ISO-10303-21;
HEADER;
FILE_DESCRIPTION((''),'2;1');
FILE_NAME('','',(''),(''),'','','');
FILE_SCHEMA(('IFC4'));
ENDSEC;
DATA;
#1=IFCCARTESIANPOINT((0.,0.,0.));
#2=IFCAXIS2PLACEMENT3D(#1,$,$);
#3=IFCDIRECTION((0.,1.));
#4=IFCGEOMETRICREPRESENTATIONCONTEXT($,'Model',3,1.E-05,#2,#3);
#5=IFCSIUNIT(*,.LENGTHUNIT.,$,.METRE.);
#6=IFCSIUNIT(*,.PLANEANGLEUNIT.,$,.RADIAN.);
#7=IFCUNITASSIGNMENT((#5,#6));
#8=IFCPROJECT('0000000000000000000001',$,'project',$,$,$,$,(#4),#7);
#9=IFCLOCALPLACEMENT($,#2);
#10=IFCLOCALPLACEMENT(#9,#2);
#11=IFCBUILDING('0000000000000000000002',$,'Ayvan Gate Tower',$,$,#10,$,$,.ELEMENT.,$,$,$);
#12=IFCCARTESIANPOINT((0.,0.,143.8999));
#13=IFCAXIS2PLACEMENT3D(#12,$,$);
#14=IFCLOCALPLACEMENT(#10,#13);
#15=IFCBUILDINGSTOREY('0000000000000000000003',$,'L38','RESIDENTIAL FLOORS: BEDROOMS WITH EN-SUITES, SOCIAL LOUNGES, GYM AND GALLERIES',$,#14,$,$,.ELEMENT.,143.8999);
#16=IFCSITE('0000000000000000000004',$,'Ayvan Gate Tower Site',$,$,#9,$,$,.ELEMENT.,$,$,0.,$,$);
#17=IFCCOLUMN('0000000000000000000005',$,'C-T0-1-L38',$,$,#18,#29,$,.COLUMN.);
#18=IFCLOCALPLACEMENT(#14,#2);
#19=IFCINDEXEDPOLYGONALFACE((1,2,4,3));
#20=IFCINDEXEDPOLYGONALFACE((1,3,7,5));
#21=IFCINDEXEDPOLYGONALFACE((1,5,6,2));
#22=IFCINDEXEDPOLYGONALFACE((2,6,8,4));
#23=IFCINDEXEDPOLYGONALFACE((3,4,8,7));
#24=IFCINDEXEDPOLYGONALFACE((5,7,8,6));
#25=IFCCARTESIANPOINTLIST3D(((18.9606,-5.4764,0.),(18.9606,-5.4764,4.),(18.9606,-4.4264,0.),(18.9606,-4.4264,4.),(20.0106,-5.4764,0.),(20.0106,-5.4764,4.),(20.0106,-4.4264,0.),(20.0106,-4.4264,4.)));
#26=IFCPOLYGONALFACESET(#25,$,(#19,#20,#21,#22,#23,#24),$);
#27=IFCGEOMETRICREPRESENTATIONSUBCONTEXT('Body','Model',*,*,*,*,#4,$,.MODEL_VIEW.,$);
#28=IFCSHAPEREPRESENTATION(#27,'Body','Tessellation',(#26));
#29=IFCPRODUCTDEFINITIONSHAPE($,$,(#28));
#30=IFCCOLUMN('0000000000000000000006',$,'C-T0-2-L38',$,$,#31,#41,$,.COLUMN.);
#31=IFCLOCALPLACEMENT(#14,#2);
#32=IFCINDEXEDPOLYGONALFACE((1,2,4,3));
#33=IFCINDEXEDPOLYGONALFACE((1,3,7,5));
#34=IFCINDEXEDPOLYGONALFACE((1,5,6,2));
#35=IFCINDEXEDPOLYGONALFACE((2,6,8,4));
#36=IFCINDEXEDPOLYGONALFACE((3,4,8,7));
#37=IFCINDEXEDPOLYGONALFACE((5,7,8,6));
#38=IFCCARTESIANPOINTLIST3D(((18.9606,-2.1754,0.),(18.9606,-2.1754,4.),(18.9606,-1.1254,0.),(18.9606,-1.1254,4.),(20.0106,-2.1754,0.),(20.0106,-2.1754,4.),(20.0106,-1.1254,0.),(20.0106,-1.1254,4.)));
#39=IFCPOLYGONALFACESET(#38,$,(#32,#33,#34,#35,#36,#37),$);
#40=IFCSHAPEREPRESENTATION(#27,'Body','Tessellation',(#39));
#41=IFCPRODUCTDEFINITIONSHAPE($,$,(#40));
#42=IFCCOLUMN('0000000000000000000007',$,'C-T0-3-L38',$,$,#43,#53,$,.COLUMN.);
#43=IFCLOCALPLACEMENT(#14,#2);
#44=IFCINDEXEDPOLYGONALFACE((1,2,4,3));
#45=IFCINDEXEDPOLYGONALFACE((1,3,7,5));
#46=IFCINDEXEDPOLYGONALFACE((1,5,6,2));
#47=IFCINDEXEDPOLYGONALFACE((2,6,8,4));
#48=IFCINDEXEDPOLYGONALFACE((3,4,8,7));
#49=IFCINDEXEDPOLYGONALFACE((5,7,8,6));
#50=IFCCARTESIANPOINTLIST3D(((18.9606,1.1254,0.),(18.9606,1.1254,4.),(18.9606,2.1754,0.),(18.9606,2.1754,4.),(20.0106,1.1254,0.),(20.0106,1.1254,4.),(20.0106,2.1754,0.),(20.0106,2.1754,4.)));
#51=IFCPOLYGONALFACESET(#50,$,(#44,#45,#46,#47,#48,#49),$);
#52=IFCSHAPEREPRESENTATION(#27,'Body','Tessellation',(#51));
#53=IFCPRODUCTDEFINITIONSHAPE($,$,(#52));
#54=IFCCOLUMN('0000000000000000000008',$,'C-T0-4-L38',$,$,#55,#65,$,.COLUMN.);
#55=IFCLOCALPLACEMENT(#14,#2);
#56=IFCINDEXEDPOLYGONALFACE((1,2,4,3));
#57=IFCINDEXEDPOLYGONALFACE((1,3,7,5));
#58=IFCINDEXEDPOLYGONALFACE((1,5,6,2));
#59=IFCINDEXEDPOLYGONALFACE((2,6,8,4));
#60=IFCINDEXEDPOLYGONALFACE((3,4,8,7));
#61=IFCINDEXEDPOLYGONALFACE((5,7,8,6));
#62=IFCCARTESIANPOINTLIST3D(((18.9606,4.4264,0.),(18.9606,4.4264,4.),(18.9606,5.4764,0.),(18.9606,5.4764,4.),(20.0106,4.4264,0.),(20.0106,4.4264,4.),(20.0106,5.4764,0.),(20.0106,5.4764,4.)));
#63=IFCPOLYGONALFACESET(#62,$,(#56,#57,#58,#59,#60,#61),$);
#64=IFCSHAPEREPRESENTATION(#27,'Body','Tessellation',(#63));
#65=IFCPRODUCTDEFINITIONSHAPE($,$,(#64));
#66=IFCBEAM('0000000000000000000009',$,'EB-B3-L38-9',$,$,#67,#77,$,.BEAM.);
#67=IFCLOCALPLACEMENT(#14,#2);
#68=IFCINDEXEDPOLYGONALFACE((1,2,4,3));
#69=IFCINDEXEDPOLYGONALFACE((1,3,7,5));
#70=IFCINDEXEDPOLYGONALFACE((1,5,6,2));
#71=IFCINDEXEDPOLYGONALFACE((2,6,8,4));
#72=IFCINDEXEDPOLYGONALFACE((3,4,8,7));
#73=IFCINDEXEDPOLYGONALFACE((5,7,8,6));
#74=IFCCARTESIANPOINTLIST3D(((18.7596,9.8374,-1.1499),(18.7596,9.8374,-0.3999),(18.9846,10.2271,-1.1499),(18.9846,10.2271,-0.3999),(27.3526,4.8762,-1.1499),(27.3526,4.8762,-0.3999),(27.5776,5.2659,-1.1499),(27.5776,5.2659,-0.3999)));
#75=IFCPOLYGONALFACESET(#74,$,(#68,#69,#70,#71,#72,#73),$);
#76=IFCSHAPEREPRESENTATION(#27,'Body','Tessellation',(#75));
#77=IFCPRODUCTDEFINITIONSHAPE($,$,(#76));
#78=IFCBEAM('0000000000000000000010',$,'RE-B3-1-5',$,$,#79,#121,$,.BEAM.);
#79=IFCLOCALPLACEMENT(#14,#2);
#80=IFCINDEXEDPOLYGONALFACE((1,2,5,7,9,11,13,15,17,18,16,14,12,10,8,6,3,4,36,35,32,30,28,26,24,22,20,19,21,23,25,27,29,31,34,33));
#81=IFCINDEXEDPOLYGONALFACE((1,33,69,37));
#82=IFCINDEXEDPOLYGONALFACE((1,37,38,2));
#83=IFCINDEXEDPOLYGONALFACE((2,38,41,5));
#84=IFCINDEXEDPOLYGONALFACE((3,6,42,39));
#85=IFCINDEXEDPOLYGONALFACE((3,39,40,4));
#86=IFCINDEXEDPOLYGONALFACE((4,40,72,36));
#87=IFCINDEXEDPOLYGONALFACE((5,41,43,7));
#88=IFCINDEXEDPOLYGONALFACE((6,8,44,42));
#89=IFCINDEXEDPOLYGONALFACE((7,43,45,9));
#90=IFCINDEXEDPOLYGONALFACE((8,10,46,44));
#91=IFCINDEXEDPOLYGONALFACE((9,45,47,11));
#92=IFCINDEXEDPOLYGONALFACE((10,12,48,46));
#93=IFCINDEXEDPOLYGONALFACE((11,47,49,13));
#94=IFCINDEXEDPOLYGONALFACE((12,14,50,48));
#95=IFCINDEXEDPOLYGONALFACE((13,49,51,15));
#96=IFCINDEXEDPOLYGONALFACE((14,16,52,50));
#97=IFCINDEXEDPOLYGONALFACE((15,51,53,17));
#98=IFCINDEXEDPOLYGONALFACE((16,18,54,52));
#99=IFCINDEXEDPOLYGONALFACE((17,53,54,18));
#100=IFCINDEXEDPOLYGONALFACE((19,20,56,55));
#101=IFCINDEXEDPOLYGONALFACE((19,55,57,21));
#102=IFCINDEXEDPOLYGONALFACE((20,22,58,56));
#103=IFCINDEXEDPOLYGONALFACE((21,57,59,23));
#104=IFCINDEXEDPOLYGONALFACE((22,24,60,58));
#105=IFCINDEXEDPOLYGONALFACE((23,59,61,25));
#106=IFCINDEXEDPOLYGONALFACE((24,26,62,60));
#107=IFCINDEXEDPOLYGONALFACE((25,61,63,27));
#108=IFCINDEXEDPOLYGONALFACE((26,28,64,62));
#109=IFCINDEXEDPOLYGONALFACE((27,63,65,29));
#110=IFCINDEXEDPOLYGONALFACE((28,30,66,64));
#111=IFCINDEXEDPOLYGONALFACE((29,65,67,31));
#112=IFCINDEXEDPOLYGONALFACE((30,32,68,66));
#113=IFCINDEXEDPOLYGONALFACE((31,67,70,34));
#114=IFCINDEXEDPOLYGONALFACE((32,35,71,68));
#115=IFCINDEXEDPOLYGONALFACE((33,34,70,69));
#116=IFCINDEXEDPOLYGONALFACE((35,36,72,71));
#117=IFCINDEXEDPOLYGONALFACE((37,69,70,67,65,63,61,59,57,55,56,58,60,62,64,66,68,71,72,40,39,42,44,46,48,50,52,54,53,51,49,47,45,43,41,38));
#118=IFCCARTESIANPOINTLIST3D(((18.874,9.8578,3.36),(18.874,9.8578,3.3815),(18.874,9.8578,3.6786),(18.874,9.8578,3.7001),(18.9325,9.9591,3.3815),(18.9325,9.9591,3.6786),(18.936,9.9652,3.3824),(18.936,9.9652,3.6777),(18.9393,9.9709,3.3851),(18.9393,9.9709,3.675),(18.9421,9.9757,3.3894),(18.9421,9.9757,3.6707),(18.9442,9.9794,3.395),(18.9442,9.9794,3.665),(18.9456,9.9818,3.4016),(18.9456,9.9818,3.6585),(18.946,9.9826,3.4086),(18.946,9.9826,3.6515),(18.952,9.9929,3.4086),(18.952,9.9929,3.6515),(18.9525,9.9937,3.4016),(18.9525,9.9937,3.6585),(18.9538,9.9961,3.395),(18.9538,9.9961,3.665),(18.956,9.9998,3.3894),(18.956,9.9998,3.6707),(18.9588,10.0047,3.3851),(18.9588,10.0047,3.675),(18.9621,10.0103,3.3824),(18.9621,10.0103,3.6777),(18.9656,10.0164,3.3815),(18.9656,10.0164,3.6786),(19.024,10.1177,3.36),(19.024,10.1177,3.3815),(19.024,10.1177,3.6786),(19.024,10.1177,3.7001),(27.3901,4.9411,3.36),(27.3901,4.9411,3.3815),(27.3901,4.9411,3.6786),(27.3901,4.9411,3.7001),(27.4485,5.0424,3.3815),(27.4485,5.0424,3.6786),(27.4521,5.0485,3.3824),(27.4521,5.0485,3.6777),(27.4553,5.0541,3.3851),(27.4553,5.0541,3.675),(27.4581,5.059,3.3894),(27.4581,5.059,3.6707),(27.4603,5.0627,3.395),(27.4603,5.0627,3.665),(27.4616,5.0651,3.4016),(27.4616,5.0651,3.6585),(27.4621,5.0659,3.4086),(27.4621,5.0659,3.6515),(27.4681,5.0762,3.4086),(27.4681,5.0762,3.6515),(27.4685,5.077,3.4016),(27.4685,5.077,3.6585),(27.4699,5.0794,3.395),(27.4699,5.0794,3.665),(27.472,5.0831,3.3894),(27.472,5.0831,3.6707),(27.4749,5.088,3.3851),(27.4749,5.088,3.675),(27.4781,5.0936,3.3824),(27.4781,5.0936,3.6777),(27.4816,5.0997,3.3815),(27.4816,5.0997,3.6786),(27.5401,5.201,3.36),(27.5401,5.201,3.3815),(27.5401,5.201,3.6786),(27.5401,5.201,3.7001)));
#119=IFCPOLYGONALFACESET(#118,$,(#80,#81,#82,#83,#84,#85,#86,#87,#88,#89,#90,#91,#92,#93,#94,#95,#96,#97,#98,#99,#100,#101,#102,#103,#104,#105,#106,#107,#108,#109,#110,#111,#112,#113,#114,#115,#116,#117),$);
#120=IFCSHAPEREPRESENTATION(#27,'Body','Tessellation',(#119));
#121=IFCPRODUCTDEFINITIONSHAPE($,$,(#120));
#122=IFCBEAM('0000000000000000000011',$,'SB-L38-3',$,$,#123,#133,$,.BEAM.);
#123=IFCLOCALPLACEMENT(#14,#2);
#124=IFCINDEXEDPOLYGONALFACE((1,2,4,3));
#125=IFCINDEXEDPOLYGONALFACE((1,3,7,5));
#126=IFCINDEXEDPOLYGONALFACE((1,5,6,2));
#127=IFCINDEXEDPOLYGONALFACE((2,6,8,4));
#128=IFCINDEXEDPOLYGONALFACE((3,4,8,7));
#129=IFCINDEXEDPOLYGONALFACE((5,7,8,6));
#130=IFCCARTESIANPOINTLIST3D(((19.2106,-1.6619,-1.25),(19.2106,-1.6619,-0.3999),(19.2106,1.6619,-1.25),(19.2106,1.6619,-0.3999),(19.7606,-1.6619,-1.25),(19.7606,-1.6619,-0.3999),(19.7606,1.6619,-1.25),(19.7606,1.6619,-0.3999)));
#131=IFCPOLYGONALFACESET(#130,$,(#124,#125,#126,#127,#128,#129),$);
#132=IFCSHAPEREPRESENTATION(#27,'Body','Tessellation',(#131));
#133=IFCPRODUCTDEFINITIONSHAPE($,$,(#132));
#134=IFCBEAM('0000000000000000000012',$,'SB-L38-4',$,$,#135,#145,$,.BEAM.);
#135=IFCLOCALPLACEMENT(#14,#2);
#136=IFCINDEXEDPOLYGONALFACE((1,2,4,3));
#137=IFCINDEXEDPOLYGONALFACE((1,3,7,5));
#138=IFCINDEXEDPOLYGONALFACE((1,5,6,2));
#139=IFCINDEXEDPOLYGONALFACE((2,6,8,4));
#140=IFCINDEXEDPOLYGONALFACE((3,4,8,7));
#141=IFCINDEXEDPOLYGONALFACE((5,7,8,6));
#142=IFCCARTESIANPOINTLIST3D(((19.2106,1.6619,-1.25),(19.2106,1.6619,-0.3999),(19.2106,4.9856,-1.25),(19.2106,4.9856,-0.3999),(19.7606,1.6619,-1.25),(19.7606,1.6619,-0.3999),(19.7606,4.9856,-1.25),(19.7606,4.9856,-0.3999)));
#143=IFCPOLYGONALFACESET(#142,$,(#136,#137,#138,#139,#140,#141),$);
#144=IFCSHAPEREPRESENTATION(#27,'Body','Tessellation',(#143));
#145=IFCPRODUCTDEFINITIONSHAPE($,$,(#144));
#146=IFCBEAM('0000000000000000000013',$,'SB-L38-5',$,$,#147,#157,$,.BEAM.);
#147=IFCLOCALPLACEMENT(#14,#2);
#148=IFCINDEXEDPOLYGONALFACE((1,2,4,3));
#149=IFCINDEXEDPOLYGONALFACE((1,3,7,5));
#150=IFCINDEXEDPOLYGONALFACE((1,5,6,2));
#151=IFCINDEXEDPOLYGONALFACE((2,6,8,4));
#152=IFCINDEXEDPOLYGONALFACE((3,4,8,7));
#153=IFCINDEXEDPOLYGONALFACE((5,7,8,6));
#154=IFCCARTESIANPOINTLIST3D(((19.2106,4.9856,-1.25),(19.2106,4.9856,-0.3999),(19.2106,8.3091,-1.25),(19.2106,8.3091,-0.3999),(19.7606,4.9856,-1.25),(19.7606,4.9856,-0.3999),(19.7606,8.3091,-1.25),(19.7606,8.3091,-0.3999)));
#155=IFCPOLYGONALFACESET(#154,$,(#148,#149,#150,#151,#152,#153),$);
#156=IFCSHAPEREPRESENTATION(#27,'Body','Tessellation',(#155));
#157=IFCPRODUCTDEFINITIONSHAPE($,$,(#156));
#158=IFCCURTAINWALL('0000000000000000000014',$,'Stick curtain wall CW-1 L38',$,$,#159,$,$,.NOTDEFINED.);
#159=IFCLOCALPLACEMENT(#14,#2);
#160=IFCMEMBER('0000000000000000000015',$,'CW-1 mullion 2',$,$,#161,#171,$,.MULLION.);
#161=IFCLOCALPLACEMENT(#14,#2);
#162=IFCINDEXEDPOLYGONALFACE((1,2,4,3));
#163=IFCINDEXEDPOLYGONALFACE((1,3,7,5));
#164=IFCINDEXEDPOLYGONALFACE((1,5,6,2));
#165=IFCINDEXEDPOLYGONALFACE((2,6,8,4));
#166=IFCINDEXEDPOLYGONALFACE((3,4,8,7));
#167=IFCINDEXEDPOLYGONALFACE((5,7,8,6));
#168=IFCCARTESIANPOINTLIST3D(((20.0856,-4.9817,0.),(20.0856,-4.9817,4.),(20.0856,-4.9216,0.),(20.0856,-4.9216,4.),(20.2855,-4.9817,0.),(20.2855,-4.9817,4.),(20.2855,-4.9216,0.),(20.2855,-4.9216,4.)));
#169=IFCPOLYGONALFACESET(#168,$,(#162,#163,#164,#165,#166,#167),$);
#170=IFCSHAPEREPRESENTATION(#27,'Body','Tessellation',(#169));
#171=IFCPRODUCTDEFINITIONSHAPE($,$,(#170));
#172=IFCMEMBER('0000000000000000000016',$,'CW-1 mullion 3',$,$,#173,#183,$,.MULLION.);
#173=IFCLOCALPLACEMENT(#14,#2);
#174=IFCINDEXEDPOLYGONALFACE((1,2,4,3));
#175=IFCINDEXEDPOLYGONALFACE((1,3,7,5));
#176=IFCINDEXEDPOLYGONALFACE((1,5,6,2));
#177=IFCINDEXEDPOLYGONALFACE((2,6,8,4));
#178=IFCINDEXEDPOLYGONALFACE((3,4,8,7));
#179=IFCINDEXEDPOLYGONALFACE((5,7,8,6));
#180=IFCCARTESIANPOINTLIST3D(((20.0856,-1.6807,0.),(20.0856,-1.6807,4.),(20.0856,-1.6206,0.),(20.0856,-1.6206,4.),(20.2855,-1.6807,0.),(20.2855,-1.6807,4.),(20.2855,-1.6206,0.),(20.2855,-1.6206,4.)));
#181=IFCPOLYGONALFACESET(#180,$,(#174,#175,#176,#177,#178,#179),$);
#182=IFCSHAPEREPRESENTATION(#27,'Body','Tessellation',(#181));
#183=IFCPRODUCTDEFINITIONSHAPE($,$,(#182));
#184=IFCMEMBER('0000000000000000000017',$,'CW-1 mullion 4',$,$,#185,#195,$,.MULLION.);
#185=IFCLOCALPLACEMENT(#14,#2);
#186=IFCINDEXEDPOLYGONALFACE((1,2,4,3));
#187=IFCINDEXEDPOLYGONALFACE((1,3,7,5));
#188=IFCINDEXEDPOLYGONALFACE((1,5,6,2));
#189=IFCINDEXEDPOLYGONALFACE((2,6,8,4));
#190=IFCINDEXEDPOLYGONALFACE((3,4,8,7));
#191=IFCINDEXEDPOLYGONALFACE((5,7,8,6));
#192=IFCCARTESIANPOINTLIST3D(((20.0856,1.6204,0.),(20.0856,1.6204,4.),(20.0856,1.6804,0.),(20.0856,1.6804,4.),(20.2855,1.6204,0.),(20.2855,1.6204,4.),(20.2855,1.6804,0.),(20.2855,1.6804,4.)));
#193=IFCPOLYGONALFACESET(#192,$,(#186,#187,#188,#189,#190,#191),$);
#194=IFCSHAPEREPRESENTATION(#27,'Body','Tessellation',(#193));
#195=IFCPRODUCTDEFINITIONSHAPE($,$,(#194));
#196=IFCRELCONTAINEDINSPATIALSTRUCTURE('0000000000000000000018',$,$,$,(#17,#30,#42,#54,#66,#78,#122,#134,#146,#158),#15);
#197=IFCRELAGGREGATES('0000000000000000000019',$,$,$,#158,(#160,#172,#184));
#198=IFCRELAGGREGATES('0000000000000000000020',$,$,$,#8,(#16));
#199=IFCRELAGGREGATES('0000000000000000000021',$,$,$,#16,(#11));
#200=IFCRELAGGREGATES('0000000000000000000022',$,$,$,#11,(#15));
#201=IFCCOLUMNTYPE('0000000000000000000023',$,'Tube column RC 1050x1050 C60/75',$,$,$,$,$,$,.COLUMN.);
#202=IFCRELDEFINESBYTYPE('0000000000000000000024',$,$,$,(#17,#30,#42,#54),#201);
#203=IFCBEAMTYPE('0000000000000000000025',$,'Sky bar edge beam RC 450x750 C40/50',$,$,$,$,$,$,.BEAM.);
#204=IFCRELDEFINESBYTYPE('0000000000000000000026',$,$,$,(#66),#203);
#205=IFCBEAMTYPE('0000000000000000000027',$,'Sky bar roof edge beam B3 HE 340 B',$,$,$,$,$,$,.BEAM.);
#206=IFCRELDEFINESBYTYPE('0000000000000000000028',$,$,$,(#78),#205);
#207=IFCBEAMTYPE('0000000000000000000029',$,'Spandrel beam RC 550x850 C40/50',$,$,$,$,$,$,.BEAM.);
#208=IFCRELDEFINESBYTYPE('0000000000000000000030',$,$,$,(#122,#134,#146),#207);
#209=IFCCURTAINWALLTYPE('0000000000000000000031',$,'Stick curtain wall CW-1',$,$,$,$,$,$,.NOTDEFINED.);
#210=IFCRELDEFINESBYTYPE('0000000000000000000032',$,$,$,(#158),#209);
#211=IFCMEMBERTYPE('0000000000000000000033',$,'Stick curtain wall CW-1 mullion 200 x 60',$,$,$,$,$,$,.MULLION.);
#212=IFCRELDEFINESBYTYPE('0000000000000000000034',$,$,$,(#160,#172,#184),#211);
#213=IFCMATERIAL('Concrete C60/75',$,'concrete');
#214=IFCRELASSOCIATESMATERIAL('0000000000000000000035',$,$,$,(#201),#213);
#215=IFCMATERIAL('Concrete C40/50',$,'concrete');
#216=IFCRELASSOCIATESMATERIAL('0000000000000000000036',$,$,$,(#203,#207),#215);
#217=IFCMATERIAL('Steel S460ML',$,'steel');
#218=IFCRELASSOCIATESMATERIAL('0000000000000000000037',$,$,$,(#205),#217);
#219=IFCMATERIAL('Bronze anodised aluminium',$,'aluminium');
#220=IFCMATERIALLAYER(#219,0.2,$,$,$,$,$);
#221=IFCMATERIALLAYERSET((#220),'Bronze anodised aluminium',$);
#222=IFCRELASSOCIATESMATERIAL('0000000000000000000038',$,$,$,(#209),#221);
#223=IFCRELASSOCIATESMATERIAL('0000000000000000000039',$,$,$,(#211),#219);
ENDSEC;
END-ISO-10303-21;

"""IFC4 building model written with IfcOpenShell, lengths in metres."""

from ifc_helpers import new_model, si_unit, direction, frame, origin, origin_2d, place, context, subcontext, project, spatial, rectangle, i_section, extrude, material, layer, layer_set, material_profile, profile_set, type_object, element, aggregate, save


model = new_model("IFC4")

# Units and contexts
model_context = context("Model", 3, precision=1e-05, world=origin(), true_north=direction((0.0, 1.0)))
body_context = subcontext(model_context, "Body", "Model", "MODEL_VIEW")
ifc_project = project(units=[si_unit("LENGTHUNIT", "METRE"), si_unit("PLANEANGLEUNIT", "RADIAN")], contexts=[model_context])

# Site, building, storey
site_placement = place(None, origin())
site = spatial("IfcSite", under=ifc_project, at=site_placement, Name="Ayvan Gate Tower Site", CompositionType="ELEMENT", RefElevation=0.0)
building_placement = place(site_placement, origin())
building = spatial("IfcBuilding", under=site, at=building_placement, Name="Ayvan Gate Tower", CompositionType="ELEMENT")
storey_placement = place(building_placement, frame((0.0, 0.0, 143.8999)))
storey = spatial("IfcBuildingStorey", under=building, at=storey_placement, Name="L38", Description="RESIDENTIAL FLOORS: BEDROOMS WITH EN-SUITES, SOCIAL LOUNGES, GYM AND GALLERIES", CompositionType="ELEMENT", Elevation=143.8999)

# Columns
ifc_material_1 = material(Name="Concrete C60/75", Category="concrete")
ifc_material_profile_1 = material_profile(ifc_material_1, rectangle(XDim=1.05, YDim=1.05, at=origin_2d()), Name="RC 1050x1050")
ifc_profile_set_1 = profile_set([ifc_material_profile_1], Name="Concrete C60/75")
column_type = type_object("IfcColumnType", Name="Tube column RC 1050x1050 C60/75", PredefinedType="COLUMN", material=ifc_profile_set_1)
for number, where, z_axis, x_axis, name in (
    (1, (19.4856, -4.9514, 0.0), (0.0, 0.0, 1.0), (1.0, 0.0, 0.0), "C-T0-1-L38"),
    (2, (19.4856, -1.6504, 0.0), (0.0, 0.0, 1.0), (1.0, 0.0, 0.0), "C-T0-2-L38"),
    (3, (19.4856, 1.6504, 0.0), (0.0, 0.0, 1.0), (1.0, 0.0, 0.0), "C-T0-3-L38"),
    (4, (19.4856, 4.9514, 0.0), (0.0, 0.0, 1.0), (1.0, 0.0, 0.0), "C-T0-4-L38"),
):
    element("IfcColumn", number, at=place(storey_placement, frame(where, z_axis=z_axis, x_axis=x_axis)), inside=storey, type_object=column_type, Name=name, PredefinedType="COLUMN", context=body_context, shape_type="SweptSolid", body=[
        extrude(rectangle(XDim=1.05, YDim=1.05, at=origin_2d()), origin(), (0.0, 0.0, 1.0), 4.0),
    ])

# Beams
ifc_material_2 = material(Name="Concrete C40/50", Category="concrete")
ifc_material_profile_2 = material_profile(ifc_material_2, rectangle(XDim=0.45, YDim=0.75, at=origin_2d()), Name="RC 450x750")
ifc_profile_set_2 = profile_set([ifc_material_profile_2], Name="Concrete C40/50")
beam_type_1 = type_object("IfcBeamType", Name="Sky bar edge beam RC 450x750 C40/50", PredefinedType="BEAM", material=ifc_profile_set_2)
beam_1_placement = place(storey_placement, frame((27.4651, 5.071, -0.7749), z_axis=(-0.866025, 0.5, 0.0), x_axis=(-0.5, -0.866025, 0.0)))
element("IfcBeam", 5, at=beam_1_placement, inside=storey, type_object=beam_type_1, Name="EB-B3-L38-9", PredefinedType="BEAM", context=body_context, shape_type="SweptSolid", body=[
    extrude(rectangle(XDim=0.45, YDim=0.75, at=origin_2d()), origin(), (0.0, 0.0, 1.0), 9.9224),
])
ifc_material_3 = material(Name="Steel S460ML", Category="steel")
ifc_material_profile_3 = material_profile(ifc_material_3, i_section(OverallWidth=0.3, OverallDepth=0.3401, WebThickness=0.012, FlangeThickness=0.0215, FilletRadius=0.0271, at=origin_2d()), Name="HE 340 B")
ifc_profile_set_3 = profile_set([ifc_material_profile_3], Name="Steel S460ML")
beam_type_2 = type_object("IfcBeamType", Name="Sky bar roof edge beam B3 HE 340 B", PredefinedType="BEAM", material=ifc_profile_set_3)
beam_2_placement = place(storey_placement, frame((27.4651, 5.071, 3.53), z_axis=(-0.866027, 0.499998, 0.0), x_axis=(-0.499998, -0.866027, 0.0)))
element("IfcBeam", 6, at=beam_2_placement, inside=storey, type_object=beam_type_2, Name="RE-B3-1-5", PredefinedType="BEAM", context=body_context, shape_type="SweptSolid", body=[
    extrude(i_section(OverallWidth=0.3, OverallDepth=0.3401, WebThickness=0.012, FlangeThickness=0.0215, FilletRadius=0.0271, at=origin_2d()), origin(), (0.0, 0.0, 1.0), 9.8335),
])
ifc_material_profile_4 = material_profile(ifc_material_2, rectangle(XDim=0.55, YDim=0.8501, at=origin_2d()), Name="RC 550x850")
ifc_profile_set_4 = profile_set([ifc_material_profile_4], Name="Concrete C40/50")
beam_type_3 = type_object("IfcBeamType", Name="Spandrel beam RC 550x850 C40/50", PredefinedType="BEAM", material=ifc_profile_set_4)
for number, where, z_axis, x_axis, name in (
    (7, (19.4856, -1.6619, -0.825), (0.0, 1.0, 0.0), (-1.0, 0.0, 0.0), "SB-L38-3"),
    (8, (19.4856, 1.6619, -0.825), (0.0, 1.0, 0.0), (-1.0, 0.0, 0.0), "SB-L38-4"),
):
    element("IfcBeam", number, at=place(storey_placement, frame(where, z_axis=z_axis, x_axis=x_axis)), inside=storey, type_object=beam_type_3, Name=name, PredefinedType="BEAM", context=body_context, shape_type="SweptSolid", body=[
        extrude(rectangle(XDim=0.55, YDim=0.8501, at=origin_2d()), origin(), (0.0, 0.0, 1.0), 3.3237),
    ])
beam_3_placement = place(storey_placement, frame((19.4856, 4.9856, -0.825), z_axis=(0.0, 1.0, 0.0), x_axis=(-1.0, 0.0, 0.0)))
element("IfcBeam", 9, at=beam_3_placement, inside=storey, type_object=beam_type_3, Name="SB-L38-5", PredefinedType="BEAM", context=body_context, shape_type="SweptSolid", body=[
    extrude(rectangle(XDim=0.55, YDim=0.8501, at=origin_2d()), origin(), (0.0, 0.0, 1.0), 3.3235),
])

# Curtain wall, members
ifc_material_4 = material(Name="Bronze anodised aluminium", Category="aluminium")
ifc_layer_1 = layer(ifc_material_4, 0.2)
ifc_layer_set_1 = layer_set([ifc_layer_1], Name="Bronze anodised aluminium")
curtain_wall_type_1 = type_object("IfcCurtainWallType", Name="Stick curtain wall CW-1", PredefinedType="NOTDEFINED", material=ifc_layer_set_1)
curtain_wall_1_placement = place(storey_placement, origin())
curtain_wall_1 = element("IfcCurtainWall", 10, at=curtain_wall_1_placement, inside=storey, type_object=curtain_wall_type_1, Name="Stick curtain wall CW-1 L38", PredefinedType="NOTDEFINED")
ifc_material_profile_5 = material_profile(ifc_material_4, rectangle(XDim=0.2, YDim=0.0601, at=origin_2d()), Name="Stick curtain wall CW-1 mullion 200 x 60")
ifc_profile_set_5 = profile_set([ifc_material_profile_5], Name="Bronze anodised aluminium")
member_type_1 = type_object("IfcMemberType", Name="Stick curtain wall CW-1 mullion 200 x 60", PredefinedType="MULLION", material=ifc_profile_set_5)
member_1_placement = place(storey_placement, frame((20.1855, -4.9517, 0.0), z_axis=(0.0, 0.0, 1.0), x_axis=(1.0, 0.0, 0.0)))
member_1 = element("IfcMember", 11, at=member_1_placement, type_object=member_type_1, Name="CW-1 mullion 2", PredefinedType="MULLION", context=body_context, shape_type="SweptSolid", body=[
    extrude(rectangle(XDim=0.2, YDim=0.0601, at=origin_2d()), origin(), (0.0, 0.0, 1.0), 4.0),
])
member_2_placement = place(storey_placement, frame((20.1855, -1.6506, 0.0), z_axis=(0.0, 0.0, 1.0), x_axis=(1.0, 0.0, 0.0)))
member_2 = element("IfcMember", 12, at=member_2_placement, type_object=member_type_1, Name="CW-1 mullion 3", PredefinedType="MULLION", context=body_context, shape_type="SweptSolid", body=[
    extrude(rectangle(XDim=0.2, YDim=0.0601, at=origin_2d()), origin(), (0.0, 0.0, 1.0), 4.0),
])
member_3_placement = place(storey_placement, frame((20.1855, 1.6504, 0.0), z_axis=(0.0, 0.0, 1.0), x_axis=(1.0, 0.0, 0.0)))
member_3 = element("IfcMember", 13, at=member_3_placement, type_object=member_type_1, Name="CW-1 mullion 4", PredefinedType="MULLION", context=body_context, shape_type="SweptSolid", body=[
    extrude(rectangle(XDim=0.2, YDim=0.0601, at=origin_2d()), origin(), (0.0, 0.0, 1.0), 4.0),
])

aggregate(curtain_wall_1, [member_1, member_2, member_3])

save(model, "model.ifc")
